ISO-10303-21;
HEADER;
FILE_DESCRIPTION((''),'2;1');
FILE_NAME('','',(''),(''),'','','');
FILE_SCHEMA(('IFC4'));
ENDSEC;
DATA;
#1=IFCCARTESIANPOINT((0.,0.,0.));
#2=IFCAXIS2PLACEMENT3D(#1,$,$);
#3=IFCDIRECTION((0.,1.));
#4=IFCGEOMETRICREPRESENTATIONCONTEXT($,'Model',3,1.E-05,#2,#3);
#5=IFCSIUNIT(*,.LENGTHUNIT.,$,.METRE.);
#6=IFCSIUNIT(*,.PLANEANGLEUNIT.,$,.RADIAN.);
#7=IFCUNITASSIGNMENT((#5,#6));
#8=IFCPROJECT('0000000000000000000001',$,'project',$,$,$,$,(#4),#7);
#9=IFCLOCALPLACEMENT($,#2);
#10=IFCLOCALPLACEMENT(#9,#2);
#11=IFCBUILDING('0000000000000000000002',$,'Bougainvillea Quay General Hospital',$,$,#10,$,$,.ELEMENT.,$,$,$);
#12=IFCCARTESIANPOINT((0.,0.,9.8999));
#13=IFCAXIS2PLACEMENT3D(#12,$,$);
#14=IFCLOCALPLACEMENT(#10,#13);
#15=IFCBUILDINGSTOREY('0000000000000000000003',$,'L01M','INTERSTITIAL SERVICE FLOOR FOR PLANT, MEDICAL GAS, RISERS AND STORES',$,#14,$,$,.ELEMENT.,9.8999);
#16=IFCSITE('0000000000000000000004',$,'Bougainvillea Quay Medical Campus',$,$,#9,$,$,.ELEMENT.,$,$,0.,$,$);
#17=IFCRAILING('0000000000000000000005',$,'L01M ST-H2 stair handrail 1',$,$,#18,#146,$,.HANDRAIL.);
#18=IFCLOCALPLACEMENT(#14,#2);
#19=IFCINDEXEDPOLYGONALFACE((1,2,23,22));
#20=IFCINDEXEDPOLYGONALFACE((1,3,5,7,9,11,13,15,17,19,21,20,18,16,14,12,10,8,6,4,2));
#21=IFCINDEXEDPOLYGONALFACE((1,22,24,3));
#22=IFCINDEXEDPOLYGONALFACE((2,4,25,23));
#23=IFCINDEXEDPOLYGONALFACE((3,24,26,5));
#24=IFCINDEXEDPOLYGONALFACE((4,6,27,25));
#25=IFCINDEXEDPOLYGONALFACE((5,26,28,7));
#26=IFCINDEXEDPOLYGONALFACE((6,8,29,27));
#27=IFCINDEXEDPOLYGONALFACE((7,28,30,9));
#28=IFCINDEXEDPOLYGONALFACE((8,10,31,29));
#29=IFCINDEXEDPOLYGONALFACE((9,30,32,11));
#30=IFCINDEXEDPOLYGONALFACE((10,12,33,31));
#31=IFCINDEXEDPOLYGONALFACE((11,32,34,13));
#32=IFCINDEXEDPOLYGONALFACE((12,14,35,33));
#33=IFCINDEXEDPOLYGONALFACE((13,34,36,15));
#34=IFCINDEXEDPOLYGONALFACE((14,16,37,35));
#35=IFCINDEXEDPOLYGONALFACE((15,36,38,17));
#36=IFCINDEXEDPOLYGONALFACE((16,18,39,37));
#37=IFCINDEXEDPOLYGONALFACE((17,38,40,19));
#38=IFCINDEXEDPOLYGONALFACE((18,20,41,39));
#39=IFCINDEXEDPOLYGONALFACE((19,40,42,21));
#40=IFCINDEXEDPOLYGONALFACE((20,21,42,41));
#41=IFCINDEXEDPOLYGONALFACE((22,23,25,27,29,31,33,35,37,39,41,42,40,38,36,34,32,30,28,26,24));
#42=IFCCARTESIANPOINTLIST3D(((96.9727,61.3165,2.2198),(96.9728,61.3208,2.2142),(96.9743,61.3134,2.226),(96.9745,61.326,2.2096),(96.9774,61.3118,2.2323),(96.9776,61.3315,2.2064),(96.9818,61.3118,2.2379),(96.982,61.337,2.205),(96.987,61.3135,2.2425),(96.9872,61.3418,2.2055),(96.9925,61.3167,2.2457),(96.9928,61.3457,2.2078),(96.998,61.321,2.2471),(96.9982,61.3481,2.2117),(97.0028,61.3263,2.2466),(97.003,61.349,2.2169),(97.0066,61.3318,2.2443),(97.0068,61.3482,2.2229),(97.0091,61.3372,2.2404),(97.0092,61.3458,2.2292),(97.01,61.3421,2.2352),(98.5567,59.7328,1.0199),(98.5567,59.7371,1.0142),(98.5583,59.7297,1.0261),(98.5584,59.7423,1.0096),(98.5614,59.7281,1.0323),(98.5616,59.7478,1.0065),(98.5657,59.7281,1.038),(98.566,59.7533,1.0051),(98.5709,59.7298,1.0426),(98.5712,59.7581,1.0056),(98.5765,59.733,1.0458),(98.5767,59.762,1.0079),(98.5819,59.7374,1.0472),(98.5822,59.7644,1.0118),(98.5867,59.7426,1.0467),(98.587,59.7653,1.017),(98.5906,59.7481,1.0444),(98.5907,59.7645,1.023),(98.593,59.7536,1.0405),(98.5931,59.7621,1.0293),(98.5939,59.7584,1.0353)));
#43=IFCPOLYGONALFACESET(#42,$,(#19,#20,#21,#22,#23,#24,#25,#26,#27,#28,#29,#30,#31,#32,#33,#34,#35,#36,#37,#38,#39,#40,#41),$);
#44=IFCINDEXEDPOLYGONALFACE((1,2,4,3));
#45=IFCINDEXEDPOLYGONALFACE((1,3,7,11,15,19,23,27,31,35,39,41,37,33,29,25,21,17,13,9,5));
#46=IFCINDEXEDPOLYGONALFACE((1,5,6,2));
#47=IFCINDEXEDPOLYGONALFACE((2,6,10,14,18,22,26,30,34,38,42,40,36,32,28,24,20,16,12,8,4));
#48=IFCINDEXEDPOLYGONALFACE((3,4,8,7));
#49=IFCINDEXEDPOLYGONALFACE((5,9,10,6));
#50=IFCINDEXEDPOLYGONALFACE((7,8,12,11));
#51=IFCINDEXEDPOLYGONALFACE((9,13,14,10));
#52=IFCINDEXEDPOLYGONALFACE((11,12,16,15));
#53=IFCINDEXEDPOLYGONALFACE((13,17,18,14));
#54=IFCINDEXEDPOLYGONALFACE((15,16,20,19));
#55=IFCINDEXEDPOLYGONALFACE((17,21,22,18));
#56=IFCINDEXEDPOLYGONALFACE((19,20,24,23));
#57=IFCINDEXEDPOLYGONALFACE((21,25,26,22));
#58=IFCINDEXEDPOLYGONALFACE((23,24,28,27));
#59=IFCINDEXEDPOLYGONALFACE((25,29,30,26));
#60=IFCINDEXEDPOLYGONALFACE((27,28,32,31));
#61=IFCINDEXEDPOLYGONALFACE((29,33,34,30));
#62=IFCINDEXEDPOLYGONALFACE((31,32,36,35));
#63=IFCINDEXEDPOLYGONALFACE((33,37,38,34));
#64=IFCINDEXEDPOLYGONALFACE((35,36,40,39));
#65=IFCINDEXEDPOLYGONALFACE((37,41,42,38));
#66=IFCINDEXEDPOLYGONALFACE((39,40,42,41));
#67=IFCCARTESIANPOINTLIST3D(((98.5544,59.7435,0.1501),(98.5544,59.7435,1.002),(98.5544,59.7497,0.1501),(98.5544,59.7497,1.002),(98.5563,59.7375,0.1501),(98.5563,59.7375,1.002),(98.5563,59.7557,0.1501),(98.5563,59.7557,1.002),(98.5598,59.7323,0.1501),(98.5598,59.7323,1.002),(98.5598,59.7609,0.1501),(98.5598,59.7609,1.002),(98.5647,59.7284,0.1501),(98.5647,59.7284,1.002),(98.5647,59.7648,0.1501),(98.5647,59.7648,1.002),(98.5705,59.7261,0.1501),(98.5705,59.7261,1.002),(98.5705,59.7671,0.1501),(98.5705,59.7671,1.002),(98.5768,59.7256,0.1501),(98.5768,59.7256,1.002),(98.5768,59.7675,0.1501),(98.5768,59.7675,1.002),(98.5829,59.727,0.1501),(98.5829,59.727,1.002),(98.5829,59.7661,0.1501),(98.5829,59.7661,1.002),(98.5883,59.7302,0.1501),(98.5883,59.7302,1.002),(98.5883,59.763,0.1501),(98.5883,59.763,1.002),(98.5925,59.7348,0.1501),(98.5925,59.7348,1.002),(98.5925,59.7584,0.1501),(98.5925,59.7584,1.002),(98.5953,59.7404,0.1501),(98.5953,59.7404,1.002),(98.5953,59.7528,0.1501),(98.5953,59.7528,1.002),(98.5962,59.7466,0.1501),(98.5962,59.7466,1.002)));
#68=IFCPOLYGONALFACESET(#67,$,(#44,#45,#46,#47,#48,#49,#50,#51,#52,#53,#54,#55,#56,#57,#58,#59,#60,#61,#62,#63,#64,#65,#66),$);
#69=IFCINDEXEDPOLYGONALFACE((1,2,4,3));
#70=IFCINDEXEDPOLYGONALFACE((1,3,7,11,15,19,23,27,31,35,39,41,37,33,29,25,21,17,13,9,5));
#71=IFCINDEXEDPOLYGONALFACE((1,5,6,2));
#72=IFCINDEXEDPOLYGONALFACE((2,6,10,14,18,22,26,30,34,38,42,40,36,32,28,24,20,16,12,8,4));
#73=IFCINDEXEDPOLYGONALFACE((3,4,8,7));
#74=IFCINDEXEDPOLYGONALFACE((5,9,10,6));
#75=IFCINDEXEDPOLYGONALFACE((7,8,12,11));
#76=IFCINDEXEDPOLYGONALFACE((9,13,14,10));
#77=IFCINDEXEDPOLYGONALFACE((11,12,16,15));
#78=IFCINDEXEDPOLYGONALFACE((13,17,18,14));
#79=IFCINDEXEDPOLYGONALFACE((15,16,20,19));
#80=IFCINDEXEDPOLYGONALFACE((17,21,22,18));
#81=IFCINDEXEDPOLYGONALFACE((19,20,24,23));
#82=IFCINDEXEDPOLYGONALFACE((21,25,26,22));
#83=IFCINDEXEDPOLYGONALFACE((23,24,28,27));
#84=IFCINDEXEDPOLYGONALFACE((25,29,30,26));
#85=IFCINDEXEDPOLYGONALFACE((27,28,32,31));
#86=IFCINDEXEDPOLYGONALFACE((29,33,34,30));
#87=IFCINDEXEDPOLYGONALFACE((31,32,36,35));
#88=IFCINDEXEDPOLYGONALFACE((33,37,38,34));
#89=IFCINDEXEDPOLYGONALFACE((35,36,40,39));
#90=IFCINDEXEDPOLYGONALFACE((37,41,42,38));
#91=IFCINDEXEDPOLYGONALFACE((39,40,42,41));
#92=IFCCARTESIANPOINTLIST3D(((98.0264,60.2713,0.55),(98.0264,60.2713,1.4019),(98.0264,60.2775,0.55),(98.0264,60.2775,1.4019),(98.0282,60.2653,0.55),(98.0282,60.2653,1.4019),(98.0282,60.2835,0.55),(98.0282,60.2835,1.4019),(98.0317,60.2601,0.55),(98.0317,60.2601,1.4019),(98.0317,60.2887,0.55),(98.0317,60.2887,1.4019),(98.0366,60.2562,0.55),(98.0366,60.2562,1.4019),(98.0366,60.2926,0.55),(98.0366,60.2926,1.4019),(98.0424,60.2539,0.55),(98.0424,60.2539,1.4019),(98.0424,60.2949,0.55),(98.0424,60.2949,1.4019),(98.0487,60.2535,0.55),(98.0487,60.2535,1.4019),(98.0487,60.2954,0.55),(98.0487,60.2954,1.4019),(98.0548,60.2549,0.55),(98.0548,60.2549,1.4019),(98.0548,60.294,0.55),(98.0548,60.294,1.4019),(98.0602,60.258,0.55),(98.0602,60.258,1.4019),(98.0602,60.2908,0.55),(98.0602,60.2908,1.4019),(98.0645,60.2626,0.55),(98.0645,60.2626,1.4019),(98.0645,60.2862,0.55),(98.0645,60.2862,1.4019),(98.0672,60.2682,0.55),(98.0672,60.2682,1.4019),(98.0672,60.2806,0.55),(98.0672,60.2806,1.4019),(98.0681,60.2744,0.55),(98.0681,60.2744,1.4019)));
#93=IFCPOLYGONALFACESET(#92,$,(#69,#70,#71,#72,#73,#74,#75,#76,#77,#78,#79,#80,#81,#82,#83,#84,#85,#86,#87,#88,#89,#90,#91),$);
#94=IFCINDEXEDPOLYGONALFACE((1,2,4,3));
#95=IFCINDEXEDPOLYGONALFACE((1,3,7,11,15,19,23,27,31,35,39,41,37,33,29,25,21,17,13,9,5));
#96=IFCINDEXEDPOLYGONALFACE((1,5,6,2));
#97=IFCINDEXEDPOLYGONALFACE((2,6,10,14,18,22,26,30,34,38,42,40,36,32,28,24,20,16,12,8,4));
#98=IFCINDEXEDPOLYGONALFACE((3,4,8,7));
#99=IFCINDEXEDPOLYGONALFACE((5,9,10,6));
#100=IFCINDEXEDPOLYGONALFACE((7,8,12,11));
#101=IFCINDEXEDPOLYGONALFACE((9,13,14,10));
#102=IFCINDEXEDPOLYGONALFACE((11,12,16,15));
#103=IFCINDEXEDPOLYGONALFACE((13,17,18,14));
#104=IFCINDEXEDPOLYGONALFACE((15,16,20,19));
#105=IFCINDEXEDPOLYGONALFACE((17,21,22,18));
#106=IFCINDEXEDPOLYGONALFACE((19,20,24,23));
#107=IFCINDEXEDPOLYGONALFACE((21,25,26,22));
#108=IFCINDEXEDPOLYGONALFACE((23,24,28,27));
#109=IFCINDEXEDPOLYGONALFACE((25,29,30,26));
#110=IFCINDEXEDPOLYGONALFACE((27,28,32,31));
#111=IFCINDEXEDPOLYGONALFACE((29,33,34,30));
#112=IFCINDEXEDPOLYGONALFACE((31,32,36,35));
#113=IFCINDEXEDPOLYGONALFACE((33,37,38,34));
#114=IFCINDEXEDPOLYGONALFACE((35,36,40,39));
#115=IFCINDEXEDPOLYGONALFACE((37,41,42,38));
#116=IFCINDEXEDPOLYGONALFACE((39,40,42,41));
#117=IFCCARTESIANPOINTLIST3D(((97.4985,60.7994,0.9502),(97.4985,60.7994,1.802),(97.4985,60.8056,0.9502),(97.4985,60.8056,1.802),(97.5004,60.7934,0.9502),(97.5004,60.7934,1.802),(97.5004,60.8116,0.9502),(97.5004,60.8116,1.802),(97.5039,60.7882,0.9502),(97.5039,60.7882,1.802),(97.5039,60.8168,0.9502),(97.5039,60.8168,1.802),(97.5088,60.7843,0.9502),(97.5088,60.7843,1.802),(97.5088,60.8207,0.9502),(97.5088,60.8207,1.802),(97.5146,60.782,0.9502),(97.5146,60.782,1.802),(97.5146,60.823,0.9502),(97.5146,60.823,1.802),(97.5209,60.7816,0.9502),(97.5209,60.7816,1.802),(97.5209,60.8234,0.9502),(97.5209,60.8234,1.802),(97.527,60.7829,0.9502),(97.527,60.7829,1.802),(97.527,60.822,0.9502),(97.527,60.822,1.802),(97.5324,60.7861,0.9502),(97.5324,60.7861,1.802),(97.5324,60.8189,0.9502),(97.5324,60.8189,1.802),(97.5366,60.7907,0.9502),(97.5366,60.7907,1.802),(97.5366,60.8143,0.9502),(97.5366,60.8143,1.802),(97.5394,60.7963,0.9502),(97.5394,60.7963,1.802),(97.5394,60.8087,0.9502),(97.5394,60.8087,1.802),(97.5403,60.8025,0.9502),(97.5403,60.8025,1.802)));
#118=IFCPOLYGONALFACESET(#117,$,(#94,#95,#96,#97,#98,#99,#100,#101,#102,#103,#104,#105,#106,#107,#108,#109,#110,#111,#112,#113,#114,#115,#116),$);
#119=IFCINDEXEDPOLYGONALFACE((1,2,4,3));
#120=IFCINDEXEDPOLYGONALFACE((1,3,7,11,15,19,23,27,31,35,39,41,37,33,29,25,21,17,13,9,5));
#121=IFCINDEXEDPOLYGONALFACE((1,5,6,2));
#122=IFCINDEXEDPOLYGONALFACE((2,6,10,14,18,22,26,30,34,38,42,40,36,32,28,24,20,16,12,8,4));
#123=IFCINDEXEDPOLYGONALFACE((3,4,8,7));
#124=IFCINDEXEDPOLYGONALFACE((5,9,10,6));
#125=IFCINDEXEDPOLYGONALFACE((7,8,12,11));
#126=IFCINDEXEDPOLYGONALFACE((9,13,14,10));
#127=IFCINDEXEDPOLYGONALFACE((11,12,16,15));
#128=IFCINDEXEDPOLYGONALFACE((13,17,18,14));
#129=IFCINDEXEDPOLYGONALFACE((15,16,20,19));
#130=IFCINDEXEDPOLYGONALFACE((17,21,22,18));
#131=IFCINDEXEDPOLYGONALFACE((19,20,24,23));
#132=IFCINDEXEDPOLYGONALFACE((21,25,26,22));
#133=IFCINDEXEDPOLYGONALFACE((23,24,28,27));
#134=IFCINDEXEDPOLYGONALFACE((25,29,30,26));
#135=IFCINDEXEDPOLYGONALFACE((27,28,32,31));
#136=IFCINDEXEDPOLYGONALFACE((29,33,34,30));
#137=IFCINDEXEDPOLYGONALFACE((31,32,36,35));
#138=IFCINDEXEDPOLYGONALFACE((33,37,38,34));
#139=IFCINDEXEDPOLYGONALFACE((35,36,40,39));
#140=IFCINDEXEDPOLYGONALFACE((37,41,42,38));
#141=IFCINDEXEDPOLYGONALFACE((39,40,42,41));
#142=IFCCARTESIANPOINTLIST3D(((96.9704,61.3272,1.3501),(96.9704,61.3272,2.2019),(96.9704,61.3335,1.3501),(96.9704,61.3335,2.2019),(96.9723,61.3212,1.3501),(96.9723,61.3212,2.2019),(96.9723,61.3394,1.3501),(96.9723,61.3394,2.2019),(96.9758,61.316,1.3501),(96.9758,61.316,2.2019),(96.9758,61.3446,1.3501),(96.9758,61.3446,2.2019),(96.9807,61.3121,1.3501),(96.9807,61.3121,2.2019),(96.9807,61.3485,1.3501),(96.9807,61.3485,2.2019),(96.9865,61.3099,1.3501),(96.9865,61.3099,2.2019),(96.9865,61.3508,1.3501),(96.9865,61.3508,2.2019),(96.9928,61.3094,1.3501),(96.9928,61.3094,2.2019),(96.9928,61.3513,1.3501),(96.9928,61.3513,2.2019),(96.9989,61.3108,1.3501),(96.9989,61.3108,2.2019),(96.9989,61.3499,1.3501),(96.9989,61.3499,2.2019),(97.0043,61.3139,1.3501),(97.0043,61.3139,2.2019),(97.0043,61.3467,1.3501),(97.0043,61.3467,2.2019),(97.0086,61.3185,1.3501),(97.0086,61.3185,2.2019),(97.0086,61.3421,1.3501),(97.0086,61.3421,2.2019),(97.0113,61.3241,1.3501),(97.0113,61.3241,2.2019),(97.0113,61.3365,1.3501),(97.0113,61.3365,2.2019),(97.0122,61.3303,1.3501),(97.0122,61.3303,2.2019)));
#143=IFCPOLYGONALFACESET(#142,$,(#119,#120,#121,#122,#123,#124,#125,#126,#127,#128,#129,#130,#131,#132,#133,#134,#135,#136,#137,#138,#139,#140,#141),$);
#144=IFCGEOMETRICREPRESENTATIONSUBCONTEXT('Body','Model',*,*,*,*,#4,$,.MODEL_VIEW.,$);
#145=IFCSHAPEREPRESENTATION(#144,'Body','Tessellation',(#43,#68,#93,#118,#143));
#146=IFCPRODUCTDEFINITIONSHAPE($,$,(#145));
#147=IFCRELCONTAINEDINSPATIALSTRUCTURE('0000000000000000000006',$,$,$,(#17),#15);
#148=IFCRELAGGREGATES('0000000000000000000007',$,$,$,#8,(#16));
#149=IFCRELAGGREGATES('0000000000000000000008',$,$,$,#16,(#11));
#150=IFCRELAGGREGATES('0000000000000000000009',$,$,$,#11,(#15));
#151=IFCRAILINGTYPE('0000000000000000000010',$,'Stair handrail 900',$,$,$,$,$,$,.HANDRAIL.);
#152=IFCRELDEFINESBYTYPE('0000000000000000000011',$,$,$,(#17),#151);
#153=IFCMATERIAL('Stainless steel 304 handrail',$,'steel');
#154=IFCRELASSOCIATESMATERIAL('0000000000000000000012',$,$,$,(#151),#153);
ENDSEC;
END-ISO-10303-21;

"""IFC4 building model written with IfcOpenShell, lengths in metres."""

from ifc_helpers import new_model, si_unit, direction, frame, origin, origin_2d, place, context, subcontext, project, spatial, circle, extrude, material, type_object, element, save


model = new_model("IFC4")

# Units and contexts
model_context = context("Model", 3, precision=1e-05, world=origin(), true_north=direction((0.0, 1.0)))
body_context = subcontext(model_context, "Body", "Model", "MODEL_VIEW")
ifc_project = project(units=[si_unit("LENGTHUNIT", "METRE"), si_unit("PLANEANGLEUNIT", "RADIAN")], contexts=[model_context])

# Site, building, storey
site_placement = place(None, origin())
site = spatial("IfcSite", under=ifc_project, at=site_placement, Name="Bougainvillea Quay Medical Campus", CompositionType="ELEMENT", RefElevation=0.0)
building_placement = place(site_placement, origin())
building = spatial("IfcBuilding", under=site, at=building_placement, Name="Bougainvillea Quay General Hospital", CompositionType="ELEMENT")
storey_placement = place(building_placement, frame((0.0, 0.0, 9.8999)))
storey = spatial("IfcBuildingStorey", under=building, at=storey_placement, Name="L01M", Description="INTERSTITIAL SERVICE FLOOR FOR PLANT, MEDICAL GAS, RISERS AND STORES", CompositionType="ELEMENT", Elevation=9.8999)

# Railing
ifc_material_1 = material(Name="Stainless steel 304 handrail", Category="steel")
railing_type_1 = type_object("IfcRailingType", Name="Stair handrail 900", PredefinedType="HANDRAIL", material=ifc_material_1)
railing_1_placement = place(storey_placement, frame((98.5752, 59.7466, 0.1501)))
element("IfcRailing", 1, at=railing_1_placement, inside=storey, type_object=railing_type_1, Name="L01M ST-H2 stair handrail 1", PredefinedType="HANDRAIL", context=body_context, shape_type="SweptSolid", body=[
    extrude(circle(Radius=0.0239, at=origin_2d()), frame((0.0, 0.0, 0.876), z_axis=(-0.623349, 0.623253, 0.47222), x_axis=(-0.707052, -0.707161, 0.0)), (0.0, 0.0, 1.0), 2.541),
    extrude(circle(Radius=0.021, at=origin_2d()), origin(), (0.0, 0.0, 1.0), 0.8518),
    extrude(circle(Radius=0.021, at=origin_2d()), frame((-0.5281, 0.5278, 0.3999)), (0.0, 0.0, 1.0), 0.8518),
    extrude(circle(Radius=0.021, at=origin_2d()), frame((-1.0559, 1.0559, 0.8)), (0.0, 0.0, 1.0), 0.8518),
    extrude(circle(Radius=0.021, at=origin_2d()), frame((-1.584, 1.5837, 1.2)), (0.0, 0.0, 1.0), 0.8518),
])

save(model, "model.ifc")
